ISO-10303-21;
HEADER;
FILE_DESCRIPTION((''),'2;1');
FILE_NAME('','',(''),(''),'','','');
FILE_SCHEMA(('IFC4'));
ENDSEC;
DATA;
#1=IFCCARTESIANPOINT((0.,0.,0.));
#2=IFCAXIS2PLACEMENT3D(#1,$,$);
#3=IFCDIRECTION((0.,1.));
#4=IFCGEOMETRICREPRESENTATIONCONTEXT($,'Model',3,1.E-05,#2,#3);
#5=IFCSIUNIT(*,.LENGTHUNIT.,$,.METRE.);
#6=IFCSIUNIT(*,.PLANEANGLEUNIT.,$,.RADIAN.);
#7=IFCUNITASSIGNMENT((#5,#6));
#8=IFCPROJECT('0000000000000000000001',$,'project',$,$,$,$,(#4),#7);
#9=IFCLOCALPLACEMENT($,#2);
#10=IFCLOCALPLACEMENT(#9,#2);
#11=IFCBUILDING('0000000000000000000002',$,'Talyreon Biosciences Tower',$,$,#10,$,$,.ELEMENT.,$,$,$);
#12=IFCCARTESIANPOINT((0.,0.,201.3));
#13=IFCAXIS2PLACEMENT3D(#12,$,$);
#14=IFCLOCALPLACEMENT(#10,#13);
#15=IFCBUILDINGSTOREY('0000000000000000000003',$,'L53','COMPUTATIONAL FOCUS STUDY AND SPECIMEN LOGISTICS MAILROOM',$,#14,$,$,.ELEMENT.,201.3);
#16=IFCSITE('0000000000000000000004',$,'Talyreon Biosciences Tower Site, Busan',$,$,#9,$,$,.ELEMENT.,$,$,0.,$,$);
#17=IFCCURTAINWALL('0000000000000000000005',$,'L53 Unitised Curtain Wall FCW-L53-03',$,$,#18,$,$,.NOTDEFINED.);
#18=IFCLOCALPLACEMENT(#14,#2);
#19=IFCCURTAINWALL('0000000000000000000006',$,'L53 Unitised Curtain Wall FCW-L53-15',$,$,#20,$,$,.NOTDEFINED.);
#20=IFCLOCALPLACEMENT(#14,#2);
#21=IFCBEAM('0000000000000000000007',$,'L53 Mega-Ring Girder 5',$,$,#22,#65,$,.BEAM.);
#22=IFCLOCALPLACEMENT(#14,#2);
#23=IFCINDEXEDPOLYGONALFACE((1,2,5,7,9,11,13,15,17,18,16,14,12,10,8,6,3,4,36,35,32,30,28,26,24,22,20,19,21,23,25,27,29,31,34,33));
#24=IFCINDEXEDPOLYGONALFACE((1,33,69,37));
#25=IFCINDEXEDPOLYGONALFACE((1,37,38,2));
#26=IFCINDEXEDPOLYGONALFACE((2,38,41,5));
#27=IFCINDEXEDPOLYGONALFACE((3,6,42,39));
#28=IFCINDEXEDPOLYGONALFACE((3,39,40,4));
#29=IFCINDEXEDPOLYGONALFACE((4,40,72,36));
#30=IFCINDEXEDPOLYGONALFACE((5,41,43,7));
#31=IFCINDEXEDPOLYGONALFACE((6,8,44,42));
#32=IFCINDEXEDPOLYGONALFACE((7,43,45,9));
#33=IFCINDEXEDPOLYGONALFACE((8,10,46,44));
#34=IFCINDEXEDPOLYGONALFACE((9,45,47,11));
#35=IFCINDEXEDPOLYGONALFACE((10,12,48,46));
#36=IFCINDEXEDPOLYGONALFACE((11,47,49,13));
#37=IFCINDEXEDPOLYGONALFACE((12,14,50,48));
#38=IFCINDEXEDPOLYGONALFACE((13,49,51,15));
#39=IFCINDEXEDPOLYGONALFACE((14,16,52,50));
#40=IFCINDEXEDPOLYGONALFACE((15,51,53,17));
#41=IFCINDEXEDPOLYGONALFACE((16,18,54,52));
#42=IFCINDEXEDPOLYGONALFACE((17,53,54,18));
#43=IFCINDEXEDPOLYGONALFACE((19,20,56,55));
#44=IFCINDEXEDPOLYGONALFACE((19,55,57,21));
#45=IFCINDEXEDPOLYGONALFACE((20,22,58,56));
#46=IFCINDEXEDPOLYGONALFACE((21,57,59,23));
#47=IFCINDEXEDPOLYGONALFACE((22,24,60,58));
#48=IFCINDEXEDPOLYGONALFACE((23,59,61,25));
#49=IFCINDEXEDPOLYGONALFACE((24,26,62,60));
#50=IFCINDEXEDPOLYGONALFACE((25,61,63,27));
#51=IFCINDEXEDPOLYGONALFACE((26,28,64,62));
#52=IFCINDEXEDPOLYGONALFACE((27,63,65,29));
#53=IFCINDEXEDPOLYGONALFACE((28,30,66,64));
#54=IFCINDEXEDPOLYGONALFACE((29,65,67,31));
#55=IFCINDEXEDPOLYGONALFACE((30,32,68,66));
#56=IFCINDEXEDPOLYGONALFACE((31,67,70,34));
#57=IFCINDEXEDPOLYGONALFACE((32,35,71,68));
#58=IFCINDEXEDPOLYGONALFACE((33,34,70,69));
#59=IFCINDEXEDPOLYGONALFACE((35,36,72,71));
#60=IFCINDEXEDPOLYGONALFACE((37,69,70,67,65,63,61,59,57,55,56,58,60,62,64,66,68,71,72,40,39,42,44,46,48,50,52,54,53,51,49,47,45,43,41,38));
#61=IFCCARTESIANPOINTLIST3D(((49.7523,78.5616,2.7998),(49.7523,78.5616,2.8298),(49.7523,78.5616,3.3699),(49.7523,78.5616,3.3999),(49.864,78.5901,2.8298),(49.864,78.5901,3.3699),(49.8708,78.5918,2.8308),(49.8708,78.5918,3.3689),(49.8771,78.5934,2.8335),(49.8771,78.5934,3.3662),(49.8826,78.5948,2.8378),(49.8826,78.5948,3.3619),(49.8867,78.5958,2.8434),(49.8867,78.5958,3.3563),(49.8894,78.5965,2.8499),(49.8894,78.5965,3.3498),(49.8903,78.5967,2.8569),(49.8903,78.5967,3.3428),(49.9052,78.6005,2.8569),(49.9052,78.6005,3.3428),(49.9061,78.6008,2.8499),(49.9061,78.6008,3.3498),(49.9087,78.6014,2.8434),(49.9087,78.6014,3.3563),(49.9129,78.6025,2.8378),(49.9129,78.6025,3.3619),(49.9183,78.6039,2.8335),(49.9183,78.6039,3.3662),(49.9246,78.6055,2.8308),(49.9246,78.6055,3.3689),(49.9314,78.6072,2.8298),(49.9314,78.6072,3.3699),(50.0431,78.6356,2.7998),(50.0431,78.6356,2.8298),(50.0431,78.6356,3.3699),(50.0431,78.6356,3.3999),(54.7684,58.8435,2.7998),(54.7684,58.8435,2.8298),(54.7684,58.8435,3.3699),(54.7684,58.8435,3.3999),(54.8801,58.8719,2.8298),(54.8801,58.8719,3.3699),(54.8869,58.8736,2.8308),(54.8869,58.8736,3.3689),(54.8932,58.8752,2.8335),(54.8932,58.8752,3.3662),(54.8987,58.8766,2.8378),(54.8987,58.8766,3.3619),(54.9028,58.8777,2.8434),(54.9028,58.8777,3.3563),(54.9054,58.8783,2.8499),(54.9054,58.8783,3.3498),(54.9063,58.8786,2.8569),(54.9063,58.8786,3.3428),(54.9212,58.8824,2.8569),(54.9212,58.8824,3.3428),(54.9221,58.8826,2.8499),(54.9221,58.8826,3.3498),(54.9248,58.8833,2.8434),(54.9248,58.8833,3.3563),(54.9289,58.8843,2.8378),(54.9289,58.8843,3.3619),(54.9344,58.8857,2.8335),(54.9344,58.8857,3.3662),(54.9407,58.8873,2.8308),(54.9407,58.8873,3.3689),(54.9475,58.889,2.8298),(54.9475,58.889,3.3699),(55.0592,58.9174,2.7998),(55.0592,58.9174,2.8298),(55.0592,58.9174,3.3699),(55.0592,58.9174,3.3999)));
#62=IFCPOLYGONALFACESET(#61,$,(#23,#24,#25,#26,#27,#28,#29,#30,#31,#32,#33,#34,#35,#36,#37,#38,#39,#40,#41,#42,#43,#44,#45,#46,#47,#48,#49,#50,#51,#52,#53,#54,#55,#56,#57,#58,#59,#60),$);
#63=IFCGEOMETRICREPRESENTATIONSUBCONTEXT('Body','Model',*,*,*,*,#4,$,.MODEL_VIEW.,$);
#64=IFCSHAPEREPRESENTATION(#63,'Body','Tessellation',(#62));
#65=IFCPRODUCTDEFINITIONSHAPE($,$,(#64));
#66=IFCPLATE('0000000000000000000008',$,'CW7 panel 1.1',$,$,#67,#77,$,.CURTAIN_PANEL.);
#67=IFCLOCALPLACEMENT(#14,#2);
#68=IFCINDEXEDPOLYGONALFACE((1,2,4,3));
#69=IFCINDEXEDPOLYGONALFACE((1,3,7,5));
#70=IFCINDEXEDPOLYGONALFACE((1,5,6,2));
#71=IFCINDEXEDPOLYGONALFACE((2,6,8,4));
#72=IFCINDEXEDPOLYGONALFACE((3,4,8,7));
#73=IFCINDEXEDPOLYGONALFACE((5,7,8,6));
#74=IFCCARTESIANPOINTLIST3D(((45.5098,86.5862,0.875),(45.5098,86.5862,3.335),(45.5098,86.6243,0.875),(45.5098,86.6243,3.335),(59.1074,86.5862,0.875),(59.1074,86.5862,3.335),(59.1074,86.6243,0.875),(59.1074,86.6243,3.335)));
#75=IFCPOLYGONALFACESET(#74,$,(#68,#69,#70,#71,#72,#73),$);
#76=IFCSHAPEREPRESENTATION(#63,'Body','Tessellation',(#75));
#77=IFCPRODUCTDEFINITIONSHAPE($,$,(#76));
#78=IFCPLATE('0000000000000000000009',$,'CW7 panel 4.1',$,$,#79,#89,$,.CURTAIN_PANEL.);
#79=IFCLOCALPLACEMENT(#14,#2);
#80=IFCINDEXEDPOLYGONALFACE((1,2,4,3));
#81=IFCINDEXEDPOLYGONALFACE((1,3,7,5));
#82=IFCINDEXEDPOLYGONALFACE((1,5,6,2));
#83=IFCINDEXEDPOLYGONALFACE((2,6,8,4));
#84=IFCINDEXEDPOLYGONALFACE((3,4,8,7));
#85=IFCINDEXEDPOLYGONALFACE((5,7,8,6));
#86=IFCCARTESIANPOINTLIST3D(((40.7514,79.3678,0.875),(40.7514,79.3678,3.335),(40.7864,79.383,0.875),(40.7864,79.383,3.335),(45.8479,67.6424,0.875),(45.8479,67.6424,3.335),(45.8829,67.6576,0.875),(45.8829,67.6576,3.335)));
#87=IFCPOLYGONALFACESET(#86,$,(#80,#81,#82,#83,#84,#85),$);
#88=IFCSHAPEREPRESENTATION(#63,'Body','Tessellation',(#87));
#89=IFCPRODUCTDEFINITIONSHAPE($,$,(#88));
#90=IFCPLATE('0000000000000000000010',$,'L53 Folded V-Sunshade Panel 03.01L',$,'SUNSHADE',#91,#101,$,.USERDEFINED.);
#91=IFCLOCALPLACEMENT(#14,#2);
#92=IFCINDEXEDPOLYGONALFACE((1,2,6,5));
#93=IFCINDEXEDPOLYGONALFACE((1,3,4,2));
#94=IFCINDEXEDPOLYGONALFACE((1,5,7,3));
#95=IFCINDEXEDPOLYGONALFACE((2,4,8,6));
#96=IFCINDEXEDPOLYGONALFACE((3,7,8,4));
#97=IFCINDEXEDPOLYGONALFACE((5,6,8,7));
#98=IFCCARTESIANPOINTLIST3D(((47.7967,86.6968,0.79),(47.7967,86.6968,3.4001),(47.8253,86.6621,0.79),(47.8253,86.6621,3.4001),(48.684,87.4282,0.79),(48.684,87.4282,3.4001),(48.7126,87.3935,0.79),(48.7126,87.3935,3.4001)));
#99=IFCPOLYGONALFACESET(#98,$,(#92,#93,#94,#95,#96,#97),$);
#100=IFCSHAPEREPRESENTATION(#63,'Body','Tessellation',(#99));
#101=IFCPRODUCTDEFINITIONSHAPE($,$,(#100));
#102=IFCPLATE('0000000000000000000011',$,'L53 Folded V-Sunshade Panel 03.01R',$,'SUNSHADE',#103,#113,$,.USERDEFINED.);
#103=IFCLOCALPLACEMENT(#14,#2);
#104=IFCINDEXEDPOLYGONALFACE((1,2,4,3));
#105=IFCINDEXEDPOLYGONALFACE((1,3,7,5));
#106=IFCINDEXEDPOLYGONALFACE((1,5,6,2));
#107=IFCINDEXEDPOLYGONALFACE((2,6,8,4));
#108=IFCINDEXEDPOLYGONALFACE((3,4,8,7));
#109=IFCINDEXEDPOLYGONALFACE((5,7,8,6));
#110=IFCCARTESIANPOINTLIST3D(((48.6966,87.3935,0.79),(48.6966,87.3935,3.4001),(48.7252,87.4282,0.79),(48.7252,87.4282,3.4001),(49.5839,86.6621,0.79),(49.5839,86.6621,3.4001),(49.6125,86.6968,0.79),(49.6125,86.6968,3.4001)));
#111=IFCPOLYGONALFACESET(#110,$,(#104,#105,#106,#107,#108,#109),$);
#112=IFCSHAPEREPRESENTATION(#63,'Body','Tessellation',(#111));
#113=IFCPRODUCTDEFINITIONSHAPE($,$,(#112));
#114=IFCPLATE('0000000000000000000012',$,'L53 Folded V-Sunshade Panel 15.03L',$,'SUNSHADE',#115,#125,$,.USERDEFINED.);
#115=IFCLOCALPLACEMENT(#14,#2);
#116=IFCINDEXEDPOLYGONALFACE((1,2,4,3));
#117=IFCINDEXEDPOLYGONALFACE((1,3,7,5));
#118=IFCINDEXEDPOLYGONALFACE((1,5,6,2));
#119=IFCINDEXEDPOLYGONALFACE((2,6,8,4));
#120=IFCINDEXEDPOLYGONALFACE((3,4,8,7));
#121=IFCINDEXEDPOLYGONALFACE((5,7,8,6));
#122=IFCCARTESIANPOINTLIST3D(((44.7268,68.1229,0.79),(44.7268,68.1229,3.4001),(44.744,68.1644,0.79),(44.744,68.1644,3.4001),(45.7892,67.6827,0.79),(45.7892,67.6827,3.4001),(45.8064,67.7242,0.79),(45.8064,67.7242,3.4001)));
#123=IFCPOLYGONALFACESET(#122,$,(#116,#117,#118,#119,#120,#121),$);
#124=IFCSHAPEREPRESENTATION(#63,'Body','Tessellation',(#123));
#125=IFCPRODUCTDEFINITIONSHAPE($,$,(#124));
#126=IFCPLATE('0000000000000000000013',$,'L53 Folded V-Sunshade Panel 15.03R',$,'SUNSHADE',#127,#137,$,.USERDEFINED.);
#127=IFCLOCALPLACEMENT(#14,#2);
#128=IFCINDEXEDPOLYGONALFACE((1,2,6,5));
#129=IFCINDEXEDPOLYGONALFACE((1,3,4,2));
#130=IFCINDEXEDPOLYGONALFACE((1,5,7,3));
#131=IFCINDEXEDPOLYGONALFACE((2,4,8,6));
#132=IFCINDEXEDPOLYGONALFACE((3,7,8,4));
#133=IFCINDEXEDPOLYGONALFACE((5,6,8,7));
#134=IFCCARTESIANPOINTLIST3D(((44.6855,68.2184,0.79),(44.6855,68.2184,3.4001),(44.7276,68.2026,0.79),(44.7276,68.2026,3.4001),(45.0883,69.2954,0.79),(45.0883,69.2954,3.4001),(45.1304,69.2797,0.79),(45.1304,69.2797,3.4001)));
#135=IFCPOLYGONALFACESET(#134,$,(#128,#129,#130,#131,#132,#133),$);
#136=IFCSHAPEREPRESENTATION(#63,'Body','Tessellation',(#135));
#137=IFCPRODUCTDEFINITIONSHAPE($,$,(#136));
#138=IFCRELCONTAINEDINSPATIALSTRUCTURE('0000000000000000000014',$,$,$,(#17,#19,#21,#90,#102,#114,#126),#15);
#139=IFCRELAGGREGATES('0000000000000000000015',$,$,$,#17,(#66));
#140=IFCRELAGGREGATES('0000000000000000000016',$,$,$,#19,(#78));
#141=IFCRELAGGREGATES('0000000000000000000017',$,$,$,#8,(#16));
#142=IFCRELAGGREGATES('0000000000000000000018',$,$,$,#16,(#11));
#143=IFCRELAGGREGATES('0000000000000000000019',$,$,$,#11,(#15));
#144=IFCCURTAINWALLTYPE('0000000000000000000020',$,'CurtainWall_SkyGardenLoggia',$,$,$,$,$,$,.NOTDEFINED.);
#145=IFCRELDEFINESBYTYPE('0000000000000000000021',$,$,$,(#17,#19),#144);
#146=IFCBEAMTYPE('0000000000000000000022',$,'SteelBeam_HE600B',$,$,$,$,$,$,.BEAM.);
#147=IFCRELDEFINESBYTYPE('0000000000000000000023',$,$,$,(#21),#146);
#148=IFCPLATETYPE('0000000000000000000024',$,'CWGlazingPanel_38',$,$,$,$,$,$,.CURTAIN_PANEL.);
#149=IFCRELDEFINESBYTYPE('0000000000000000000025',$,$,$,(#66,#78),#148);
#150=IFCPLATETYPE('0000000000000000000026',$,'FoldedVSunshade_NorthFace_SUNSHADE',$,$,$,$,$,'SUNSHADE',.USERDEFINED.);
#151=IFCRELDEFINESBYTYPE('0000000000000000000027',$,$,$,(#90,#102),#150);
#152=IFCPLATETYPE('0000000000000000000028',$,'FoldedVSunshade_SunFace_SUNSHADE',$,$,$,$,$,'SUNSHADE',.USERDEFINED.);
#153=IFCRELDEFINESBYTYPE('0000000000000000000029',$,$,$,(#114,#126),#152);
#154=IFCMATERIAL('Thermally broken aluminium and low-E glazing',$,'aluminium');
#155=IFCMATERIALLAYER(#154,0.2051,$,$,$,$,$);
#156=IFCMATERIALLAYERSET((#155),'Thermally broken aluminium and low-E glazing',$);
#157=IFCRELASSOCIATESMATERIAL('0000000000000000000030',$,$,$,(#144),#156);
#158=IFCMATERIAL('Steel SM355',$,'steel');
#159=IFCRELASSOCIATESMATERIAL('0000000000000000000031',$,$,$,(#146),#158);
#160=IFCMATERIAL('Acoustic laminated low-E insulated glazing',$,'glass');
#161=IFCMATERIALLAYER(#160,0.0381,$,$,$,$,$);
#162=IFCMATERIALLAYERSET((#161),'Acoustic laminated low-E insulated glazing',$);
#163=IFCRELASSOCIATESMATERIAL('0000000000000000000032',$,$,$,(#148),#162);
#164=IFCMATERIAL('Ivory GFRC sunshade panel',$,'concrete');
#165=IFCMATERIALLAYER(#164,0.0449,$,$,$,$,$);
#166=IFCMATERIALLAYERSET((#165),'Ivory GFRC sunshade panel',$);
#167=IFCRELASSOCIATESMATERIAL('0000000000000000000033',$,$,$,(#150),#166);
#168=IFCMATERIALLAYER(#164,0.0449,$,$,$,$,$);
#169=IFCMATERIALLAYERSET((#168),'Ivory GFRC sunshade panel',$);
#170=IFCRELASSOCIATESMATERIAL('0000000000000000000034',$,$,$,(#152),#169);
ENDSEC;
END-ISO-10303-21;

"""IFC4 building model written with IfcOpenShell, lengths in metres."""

from ifc_helpers import new_model, si_unit, direction, frame, origin, origin_2d, place, context, subcontext, project, spatial, rectangle, i_section, extrude, material, layer, layer_set, material_profile, profile_set, type_object, element, aggregate, save


model = new_model("IFC4")

# Units and contexts
model_context = context("Model", 3, precision=1e-05, world=origin(), true_north=direction((0.0, 1.0)))
body_context = subcontext(model_context, "Body", "Model", "MODEL_VIEW")
ifc_project = project(units=[si_unit("LENGTHUNIT", "METRE"), si_unit("PLANEANGLEUNIT", "RADIAN")], contexts=[model_context])

# Site, building, storey
site_placement = place(None, origin())
site = spatial("IfcSite", under=ifc_project, at=site_placement, Name="Talyreon Biosciences Tower Site, Busan", CompositionType="ELEMENT", RefElevation=0.0)
building_placement = place(site_placement, origin())
building = spatial("IfcBuilding", under=site, at=building_placement, Name="Talyreon Biosciences Tower", CompositionType="ELEMENT")
storey_placement = place(building_placement, frame((0.0, 0.0, 201.3)))
storey = spatial("IfcBuildingStorey", under=building, at=storey_placement, Name="L53", Description="COMPUTATIONAL FOCUS STUDY AND SPECIMEN LOGISTICS MAILROOM", CompositionType="ELEMENT", Elevation=201.3)

# Curtain wall
ifc_material_1 = material(Name="Thermally broken aluminium and low-E glazing", Category="aluminium")
ifc_layer_1 = layer(ifc_material_1, 0.2051)
ifc_layer_set_1 = layer_set([ifc_layer_1], Name="Thermally broken aluminium and low-E glazing")
curtain_wall_type = type_object("IfcCurtainWallType", Name="CurtainWall_SkyGardenLoggia", PredefinedType="NOTDEFINED", material=ifc_layer_set_1)
curtain_wall_1_placement = place(storey_placement, origin())
curtain_wall_1 = element("IfcCurtainWall", 1, at=curtain_wall_1_placement, inside=storey, type_object=curtain_wall_type, Name="L53 Unitised Curtain Wall FCW-L53-03", PredefinedType="NOTDEFINED")

# Curtain wall
curtain_wall_2_placement = place(storey_placement, origin())
curtain_wall_2 = element("IfcCurtainWall", 2, at=curtain_wall_2_placement, inside=storey, type_object=curtain_wall_type, Name="L53 Unitised Curtain Wall FCW-L53-15", PredefinedType="NOTDEFINED")

# Beam
ifc_material_2 = material(Name="Steel SM355", Category="steel")
ifc_material_profile_1 = material_profile(ifc_material_2, i_section(OverallWidth=0.3, OverallDepth=0.6001, WebThickness=0.0154, FlangeThickness=0.03, FilletRadius=0.0271, at=origin_2d()), Name="HE600B")
ifc_profile_set_1 = profile_set([ifc_material_profile_1], Name="Steel SM355")
beam_type_1 = type_object("IfcBeamType", Name="SteelBeam_HE600B", PredefinedType="BEAM", material=ifc_profile_set_1)
beam_1_placement = place(storey_placement, frame((49.8977, 78.5986, 3.0999), z_axis=(0.246537, -0.969133, 0.0), x_axis=(0.969133, 0.246537, 0.0)))
element("IfcBeam", 3, at=beam_1_placement, inside=storey, type_object=beam_type_1, Name="L53 Mega-Ring Girder 5", PredefinedType="BEAM", context=body_context, shape_type="SweptSolid", body=[
    extrude(i_section(OverallWidth=0.3, OverallDepth=0.6001, WebThickness=0.0154, FlangeThickness=0.03, FilletRadius=0.0271, at=origin_2d()), origin(), (0.0, 0.0, 1.0), 20.3462),
])

# Plates
ifc_material_3 = material(Name="Acoustic laminated low-E insulated glazing", Category="glass")
ifc_layer_2 = layer(ifc_material_3, 0.0381)
ifc_layer_set_2 = layer_set([ifc_layer_2], Name="Acoustic laminated low-E insulated glazing")
plate_type_1 = type_object("IfcPlateType", Name="CWGlazingPanel_38", PredefinedType="CURTAIN_PANEL", material=ifc_layer_set_2)
plate_1_placement = place(storey_placement, frame((52.3086, 86.6052, 0.875), z_axis=(0.0, 0.0, 1.0), x_axis=(1.0, 0.0, 0.0)))
plate_1 = element("IfcPlate", 4, at=plate_1_placement, type_object=plate_type_1, Name="CW7 panel 1.1", PredefinedType="CURTAIN_PANEL", context=body_context, shape_type="SweptSolid", body=[
    extrude(rectangle(XDim=13.5977, YDim=0.0381, at=origin_2d()), origin(), (0.0, 0.0, 1.0), 2.46),
])
aggregate(curtain_wall_1, [plate_1])
plate_2_placement = place(storey_placement, frame((43.3171, 73.5127, 0.875), z_axis=(0.0, 0.0, 1.0), x_axis=(-0.398626, 0.917113, 0.0)))
plate_2 = element("IfcPlate", 5, at=plate_2_placement, type_object=plate_type_1, Name="CW7 panel 4.1", PredefinedType="CURTAIN_PANEL", context=body_context, shape_type="SweptSolid", body=[
    extrude(rectangle(XDim=12.7852, YDim=0.0381, at=origin_2d()), origin(), (0.0, 0.0, 1.0), 2.46),
])
aggregate(curtain_wall_2, [plate_2])

# Plates
ifc_material_4 = material(Name="Ivory GFRC sunshade panel", Category="concrete")
ifc_layer_3 = layer(ifc_material_4, 0.0449)
ifc_layer_set_3 = layer_set([ifc_layer_3], Name="Ivory GFRC sunshade panel")
plate_type_2 = type_object("IfcPlateType", Name="FoldedVSunshade_NorthFace_SUNSHADE", ElementType="SUNSHADE", PredefinedType="USERDEFINED", material=ifc_layer_set_3)
for number, where, z_axis, x_axis, name in (
    (6, (48.2546, 87.0452, 0.79), (0.0, 0.0, 1.0), (0.771625, 0.636078, 0.0), "L53 Folded V-Sunshade Panel 03.01L"),
    (7, (49.1545, 87.0452, 0.79), (0.0, 0.0, 1.0), (0.771625, -0.636078, 0.0), "L53 Folded V-Sunshade Panel 03.01R"),
):
    element("IfcPlate", number, at=place(storey_placement, frame(where, z_axis=z_axis, x_axis=x_axis)), inside=storey, type_object=plate_type_2, Name=name, ObjectType="SUNSHADE", PredefinedType="USERDEFINED", context=body_context, shape_type="SweptSolid", body=[
        extrude(rectangle(XDim=1.1499, YDim=0.0449, at=origin_2d()), origin(), (0.0, 0.0, 1.0), 2.6101),
    ])
ifc_layer_4 = layer(ifc_material_4, 0.0449)
ifc_layer_set_4 = layer_set([ifc_layer_4], Name="Ivory GFRC sunshade panel")
plate_type_3 = type_object("IfcPlateType", Name="FoldedVSunshade_SunFace_SUNSHADE", ElementType="SUNSHADE", PredefinedType="USERDEFINED", material=ifc_layer_set_4)
for number, where, z_axis, x_axis, name in (
    (8, (45.2666, 67.9236, 0.79), (0.0, 0.0, 1.0), (-0.923826, 0.382812, 0.0), "L53 Folded V-Sunshade Panel 15.03L"),
    (9, (44.908, 68.749, 0.79), (0.0, 0.0, 1.0), (0.350338, 0.936623, 0.0), "L53 Folded V-Sunshade Panel 15.03R"),
):
    element("IfcPlate", number, at=place(storey_placement, frame(where, z_axis=z_axis, x_axis=x_axis)), inside=storey, type_object=plate_type_3, Name=name, ObjectType="SUNSHADE", PredefinedType="USERDEFINED", context=body_context, shape_type="SweptSolid", body=[
        extrude(rectangle(XDim=1.1499, YDim=0.0449, at=origin_2d()), origin(), (0.0, 0.0, 1.0), 2.6101),
    ])

save(model, "model.ifc")
